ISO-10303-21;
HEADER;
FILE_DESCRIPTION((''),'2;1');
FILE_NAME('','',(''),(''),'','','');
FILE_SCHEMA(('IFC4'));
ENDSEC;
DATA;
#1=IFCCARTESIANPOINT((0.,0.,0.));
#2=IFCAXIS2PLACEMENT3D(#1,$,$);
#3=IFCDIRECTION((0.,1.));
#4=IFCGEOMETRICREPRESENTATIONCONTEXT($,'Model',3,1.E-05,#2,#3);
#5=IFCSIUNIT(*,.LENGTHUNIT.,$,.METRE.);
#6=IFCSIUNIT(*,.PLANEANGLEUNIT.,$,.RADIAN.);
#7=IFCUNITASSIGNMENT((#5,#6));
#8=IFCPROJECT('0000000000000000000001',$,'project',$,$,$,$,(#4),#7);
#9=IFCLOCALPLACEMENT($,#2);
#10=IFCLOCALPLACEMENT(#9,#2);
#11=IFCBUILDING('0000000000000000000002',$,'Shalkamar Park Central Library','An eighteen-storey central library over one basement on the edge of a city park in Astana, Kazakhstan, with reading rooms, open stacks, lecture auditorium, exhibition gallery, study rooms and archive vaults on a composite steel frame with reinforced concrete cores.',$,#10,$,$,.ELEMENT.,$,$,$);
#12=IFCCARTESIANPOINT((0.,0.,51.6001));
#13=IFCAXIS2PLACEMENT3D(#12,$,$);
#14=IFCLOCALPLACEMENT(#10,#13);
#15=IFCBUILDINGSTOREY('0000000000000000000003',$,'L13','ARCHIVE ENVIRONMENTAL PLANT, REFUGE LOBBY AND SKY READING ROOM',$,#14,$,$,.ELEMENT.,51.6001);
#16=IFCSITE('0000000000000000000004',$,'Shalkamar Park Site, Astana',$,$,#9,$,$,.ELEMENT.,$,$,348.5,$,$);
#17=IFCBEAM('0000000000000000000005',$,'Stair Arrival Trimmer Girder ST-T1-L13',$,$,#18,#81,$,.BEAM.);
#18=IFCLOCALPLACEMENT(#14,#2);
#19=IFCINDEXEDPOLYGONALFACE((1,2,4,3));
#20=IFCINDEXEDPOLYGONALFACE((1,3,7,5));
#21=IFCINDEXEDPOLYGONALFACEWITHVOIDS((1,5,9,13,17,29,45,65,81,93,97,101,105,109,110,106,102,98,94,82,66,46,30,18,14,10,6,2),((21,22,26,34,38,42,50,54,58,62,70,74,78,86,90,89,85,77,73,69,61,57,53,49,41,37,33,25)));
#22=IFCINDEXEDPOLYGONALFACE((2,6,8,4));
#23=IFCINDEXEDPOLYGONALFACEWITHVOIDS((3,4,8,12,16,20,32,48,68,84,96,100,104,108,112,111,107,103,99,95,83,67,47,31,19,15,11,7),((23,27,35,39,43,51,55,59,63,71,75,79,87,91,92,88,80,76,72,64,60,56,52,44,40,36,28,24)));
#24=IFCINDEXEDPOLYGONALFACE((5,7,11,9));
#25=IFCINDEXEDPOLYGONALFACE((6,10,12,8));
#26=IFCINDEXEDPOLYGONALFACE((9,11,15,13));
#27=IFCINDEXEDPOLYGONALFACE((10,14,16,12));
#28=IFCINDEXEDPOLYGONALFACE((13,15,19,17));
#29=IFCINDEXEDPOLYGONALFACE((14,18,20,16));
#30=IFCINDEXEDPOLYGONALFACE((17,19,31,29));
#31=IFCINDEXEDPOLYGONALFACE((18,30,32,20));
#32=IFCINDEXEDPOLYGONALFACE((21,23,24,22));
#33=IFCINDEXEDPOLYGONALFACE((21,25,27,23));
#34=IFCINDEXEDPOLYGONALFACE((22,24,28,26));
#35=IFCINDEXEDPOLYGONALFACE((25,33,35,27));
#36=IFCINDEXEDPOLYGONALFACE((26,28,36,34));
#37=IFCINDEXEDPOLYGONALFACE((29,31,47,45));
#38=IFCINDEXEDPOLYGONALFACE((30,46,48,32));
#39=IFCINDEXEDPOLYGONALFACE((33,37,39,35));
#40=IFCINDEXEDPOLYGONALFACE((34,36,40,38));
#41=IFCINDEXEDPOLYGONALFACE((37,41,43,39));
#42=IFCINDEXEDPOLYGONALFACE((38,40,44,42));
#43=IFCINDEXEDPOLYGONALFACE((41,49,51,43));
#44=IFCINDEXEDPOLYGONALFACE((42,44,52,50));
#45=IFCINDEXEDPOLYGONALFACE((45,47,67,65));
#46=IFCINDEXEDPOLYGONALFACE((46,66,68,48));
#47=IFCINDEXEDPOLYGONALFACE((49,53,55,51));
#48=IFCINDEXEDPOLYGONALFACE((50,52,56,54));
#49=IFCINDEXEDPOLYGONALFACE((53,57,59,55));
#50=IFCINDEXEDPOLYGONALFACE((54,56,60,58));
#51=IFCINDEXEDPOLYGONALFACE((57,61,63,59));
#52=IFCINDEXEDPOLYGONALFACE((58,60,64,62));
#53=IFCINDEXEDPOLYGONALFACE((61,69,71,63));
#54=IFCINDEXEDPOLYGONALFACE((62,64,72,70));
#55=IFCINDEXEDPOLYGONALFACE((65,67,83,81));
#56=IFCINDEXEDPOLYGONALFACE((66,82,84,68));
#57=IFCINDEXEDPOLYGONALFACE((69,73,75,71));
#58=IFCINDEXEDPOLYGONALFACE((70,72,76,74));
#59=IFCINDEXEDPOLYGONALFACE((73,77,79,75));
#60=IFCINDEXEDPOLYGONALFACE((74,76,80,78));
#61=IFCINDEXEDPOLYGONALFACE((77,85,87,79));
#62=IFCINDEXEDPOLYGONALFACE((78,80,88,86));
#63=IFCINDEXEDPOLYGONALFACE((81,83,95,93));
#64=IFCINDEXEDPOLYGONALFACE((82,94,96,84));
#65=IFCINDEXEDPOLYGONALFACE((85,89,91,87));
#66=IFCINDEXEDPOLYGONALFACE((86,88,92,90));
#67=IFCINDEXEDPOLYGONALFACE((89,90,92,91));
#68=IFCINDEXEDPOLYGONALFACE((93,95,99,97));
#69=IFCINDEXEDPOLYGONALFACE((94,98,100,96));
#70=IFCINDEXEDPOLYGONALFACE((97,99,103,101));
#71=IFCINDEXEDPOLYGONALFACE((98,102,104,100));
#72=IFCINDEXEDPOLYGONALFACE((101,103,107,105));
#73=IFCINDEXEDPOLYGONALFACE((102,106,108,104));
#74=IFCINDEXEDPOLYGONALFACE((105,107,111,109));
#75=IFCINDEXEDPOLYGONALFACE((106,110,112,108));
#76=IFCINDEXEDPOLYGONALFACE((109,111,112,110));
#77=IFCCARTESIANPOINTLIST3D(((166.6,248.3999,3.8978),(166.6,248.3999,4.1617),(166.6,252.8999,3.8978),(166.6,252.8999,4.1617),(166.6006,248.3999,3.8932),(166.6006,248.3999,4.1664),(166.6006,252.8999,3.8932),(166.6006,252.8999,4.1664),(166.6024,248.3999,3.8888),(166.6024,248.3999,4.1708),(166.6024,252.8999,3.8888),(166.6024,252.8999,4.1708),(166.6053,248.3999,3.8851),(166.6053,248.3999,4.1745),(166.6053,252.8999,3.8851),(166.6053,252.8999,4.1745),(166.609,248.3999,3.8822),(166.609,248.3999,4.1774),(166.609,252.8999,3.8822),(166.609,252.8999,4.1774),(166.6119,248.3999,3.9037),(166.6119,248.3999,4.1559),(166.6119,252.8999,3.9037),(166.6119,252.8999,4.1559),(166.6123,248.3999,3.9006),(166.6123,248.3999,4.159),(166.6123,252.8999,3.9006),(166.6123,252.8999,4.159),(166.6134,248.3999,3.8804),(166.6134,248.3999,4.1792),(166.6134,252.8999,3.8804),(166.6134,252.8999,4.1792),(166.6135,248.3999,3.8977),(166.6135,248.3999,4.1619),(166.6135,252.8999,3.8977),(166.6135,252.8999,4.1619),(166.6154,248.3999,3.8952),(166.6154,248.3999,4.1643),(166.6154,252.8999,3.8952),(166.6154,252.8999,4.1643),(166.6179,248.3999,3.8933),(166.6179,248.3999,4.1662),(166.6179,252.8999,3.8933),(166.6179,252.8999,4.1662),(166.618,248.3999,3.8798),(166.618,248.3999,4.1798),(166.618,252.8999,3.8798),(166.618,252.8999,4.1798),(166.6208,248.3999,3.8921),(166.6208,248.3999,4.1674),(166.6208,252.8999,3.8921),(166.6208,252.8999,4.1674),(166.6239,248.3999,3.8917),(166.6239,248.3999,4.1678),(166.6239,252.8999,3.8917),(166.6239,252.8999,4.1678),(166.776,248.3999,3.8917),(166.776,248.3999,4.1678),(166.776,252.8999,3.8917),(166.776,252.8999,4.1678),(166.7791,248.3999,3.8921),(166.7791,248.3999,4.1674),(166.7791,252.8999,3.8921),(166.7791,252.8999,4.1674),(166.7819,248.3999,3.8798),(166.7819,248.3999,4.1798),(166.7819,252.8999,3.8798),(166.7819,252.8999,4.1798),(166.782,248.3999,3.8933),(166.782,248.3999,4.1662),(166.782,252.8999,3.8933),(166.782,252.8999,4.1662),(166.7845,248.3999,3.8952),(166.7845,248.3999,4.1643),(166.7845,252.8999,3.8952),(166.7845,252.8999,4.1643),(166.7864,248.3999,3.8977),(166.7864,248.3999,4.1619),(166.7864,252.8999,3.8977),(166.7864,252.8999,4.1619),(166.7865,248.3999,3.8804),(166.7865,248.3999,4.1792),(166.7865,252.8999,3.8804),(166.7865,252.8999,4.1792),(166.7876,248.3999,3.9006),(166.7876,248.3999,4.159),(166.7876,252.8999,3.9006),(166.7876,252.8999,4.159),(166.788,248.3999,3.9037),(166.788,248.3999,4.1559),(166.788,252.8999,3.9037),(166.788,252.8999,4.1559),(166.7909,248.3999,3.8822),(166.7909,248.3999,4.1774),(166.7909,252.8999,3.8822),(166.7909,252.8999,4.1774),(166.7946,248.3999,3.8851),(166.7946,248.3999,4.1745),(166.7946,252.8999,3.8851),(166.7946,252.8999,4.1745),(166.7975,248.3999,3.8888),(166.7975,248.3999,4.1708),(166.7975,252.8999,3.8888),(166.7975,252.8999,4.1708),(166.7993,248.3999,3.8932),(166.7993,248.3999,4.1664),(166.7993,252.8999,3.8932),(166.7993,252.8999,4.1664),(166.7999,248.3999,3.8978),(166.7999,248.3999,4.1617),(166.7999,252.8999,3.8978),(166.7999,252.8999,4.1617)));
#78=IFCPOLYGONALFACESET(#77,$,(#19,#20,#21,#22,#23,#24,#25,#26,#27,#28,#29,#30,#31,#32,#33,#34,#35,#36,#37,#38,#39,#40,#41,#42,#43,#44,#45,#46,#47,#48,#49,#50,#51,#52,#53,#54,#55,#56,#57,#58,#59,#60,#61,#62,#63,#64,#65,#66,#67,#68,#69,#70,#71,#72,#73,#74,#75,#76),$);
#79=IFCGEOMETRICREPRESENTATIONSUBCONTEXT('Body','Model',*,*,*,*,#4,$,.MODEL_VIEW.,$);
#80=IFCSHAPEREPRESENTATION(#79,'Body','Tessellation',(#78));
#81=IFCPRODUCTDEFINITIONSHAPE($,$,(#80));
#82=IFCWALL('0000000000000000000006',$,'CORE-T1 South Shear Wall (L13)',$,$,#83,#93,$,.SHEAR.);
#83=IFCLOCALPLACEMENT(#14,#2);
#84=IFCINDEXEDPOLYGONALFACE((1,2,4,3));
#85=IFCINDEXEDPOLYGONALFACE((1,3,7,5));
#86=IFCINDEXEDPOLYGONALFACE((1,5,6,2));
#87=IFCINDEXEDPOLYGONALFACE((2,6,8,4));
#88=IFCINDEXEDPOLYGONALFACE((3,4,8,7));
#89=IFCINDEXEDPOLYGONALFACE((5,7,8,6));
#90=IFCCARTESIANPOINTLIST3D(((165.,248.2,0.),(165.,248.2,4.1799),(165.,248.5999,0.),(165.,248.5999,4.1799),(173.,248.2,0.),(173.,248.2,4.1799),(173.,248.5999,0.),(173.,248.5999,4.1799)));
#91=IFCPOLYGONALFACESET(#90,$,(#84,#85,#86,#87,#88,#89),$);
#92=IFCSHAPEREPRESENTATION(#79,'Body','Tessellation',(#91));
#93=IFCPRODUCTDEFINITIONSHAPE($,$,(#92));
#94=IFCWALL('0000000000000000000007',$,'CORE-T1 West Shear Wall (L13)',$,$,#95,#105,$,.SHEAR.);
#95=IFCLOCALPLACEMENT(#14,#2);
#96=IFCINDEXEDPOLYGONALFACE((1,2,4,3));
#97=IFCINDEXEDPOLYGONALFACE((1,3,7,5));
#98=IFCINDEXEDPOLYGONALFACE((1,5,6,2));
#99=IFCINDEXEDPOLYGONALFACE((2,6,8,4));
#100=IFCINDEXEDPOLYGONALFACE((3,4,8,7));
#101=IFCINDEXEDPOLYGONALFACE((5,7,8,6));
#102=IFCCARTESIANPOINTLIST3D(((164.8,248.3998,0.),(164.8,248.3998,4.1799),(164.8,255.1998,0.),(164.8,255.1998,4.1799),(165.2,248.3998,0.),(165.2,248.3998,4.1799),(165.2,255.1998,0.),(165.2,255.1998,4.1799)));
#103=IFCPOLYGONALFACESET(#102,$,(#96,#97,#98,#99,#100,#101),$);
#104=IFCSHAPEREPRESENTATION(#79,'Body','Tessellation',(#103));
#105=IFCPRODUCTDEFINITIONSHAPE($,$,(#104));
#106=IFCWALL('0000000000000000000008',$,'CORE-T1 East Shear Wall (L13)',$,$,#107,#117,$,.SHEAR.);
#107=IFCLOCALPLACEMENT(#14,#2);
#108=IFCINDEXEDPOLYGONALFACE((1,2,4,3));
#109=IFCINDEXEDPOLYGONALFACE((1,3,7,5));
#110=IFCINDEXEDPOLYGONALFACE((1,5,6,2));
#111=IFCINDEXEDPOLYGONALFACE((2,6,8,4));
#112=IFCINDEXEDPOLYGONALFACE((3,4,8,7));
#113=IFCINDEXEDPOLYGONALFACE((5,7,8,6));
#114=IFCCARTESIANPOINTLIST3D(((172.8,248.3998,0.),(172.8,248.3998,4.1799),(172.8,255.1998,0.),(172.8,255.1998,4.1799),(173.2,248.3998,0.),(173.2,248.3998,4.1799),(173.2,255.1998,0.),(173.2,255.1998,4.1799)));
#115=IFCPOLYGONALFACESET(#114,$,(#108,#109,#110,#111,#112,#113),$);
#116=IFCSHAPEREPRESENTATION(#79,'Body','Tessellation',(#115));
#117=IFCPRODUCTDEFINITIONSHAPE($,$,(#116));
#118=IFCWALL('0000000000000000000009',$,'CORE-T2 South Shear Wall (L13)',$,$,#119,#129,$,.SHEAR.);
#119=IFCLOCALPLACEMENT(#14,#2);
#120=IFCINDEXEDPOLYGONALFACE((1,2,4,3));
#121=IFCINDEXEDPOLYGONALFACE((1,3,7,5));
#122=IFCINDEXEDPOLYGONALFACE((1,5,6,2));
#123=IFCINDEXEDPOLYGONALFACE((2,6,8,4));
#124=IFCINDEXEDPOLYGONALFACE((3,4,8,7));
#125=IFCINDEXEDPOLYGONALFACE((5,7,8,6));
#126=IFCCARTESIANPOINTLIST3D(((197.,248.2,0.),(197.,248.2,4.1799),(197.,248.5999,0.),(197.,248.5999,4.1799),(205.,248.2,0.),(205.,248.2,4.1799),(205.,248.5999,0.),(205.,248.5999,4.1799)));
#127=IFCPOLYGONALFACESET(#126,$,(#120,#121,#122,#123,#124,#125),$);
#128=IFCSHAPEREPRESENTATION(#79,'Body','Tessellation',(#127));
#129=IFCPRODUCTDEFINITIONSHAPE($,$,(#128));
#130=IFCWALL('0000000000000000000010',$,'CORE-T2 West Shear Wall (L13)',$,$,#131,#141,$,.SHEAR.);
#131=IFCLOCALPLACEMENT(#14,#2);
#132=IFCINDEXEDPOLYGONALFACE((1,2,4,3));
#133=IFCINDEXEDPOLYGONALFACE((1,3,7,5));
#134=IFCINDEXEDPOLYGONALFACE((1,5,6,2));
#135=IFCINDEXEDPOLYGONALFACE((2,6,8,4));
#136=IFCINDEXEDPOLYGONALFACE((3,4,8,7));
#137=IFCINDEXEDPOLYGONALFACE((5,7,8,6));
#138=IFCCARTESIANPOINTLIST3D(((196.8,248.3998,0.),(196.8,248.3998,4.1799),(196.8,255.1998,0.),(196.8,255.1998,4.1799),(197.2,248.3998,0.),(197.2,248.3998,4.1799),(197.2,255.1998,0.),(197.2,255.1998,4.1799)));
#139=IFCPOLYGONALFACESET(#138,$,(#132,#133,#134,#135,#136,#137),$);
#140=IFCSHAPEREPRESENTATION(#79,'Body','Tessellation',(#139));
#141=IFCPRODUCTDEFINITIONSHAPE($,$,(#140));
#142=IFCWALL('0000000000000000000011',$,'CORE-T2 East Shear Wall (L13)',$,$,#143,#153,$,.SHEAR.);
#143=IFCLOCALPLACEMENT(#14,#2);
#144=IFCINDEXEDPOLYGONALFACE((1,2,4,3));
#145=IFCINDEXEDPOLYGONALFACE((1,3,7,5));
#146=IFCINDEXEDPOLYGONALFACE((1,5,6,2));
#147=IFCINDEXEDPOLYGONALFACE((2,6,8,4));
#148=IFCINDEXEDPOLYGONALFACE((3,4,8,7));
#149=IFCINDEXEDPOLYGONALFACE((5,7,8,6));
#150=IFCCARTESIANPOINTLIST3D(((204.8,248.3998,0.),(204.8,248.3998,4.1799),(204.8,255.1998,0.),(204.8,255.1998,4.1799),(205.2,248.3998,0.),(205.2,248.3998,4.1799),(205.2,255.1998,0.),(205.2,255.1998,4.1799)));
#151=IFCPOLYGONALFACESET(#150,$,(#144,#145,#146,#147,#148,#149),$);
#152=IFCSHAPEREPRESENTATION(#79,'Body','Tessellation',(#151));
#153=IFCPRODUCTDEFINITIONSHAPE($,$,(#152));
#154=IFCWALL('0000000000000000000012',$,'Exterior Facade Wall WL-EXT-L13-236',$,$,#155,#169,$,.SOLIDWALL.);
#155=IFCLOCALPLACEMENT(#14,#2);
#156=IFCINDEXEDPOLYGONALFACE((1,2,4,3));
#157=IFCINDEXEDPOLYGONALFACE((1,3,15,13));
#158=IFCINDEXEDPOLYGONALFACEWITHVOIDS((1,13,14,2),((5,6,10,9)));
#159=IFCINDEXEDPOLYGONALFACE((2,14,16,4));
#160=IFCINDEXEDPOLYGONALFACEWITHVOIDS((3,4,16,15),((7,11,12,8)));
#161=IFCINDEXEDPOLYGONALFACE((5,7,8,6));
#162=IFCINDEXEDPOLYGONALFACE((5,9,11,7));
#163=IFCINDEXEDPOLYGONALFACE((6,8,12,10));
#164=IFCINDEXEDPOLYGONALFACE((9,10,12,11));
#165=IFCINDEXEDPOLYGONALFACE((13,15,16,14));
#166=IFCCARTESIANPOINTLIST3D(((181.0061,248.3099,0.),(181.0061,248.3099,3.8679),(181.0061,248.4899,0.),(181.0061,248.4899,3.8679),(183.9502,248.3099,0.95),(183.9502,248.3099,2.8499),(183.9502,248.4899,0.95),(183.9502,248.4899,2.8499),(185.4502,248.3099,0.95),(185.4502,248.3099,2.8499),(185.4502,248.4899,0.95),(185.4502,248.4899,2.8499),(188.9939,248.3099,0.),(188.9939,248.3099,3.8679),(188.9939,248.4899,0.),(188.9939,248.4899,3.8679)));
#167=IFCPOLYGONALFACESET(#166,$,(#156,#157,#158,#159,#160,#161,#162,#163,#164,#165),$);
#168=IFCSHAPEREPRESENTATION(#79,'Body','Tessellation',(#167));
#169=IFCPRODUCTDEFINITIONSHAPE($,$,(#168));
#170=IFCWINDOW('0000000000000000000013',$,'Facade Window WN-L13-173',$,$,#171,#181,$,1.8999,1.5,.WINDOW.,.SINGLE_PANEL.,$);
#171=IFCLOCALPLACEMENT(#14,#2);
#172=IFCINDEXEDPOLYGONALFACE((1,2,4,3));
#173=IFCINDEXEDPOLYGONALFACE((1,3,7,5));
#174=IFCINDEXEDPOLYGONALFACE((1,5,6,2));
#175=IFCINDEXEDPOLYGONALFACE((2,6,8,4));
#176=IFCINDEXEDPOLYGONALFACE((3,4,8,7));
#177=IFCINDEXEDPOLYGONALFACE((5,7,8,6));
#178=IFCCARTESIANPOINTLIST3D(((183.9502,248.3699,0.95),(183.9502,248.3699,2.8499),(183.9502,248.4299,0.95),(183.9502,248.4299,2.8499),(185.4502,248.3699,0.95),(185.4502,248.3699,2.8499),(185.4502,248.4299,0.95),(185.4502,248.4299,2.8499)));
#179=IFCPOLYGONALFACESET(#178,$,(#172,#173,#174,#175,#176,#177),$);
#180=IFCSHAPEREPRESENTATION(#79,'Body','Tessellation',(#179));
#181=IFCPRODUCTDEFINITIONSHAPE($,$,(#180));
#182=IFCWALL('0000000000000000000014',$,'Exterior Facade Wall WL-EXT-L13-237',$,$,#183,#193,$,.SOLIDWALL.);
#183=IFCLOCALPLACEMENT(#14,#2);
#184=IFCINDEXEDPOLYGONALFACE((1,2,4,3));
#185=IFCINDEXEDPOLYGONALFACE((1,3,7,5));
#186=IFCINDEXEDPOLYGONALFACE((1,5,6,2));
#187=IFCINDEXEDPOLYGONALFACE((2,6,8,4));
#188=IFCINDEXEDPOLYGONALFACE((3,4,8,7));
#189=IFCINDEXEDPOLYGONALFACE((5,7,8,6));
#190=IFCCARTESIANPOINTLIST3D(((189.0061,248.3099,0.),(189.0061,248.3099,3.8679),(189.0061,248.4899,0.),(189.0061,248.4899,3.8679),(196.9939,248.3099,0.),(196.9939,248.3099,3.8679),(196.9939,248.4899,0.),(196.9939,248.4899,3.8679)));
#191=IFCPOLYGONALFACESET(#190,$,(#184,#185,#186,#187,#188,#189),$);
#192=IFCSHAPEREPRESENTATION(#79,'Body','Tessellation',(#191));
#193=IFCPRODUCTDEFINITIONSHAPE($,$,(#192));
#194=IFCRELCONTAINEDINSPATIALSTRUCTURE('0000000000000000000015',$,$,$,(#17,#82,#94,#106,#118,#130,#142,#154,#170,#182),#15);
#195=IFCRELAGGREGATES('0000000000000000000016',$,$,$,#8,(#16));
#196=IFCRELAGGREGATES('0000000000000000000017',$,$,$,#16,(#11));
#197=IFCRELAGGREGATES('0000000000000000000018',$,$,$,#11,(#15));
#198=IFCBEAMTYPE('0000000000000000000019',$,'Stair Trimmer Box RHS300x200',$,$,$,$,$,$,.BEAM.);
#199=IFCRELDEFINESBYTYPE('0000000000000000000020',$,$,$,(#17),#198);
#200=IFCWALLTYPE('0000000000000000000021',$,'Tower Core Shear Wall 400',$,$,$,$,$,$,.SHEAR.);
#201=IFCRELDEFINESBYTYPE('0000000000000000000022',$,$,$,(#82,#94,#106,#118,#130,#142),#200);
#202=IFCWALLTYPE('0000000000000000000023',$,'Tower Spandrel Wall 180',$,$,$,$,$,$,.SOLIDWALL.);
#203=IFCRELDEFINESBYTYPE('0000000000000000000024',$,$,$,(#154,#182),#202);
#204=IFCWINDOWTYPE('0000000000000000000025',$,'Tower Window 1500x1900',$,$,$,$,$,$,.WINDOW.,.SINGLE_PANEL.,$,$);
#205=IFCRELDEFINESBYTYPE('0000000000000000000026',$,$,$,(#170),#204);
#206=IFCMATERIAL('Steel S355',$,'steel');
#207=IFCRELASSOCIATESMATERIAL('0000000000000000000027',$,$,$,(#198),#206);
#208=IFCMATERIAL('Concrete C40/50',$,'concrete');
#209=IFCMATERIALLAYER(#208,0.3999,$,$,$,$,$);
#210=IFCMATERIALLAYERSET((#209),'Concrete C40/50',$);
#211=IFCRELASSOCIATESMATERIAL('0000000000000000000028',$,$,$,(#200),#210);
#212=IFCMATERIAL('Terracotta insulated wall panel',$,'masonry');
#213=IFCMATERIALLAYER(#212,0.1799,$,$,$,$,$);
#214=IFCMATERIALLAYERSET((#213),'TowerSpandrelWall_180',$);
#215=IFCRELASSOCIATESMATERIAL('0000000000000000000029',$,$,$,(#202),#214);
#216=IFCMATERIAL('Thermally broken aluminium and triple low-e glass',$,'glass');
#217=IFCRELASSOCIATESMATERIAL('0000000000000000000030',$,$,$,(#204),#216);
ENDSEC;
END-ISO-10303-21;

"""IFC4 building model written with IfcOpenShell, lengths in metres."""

from ifc_helpers import new_model, si_unit, direction, frame, frame_2d, origin, origin_2d, place, context, subcontext, project, spatial, rectangle, hollow_rectangle, extrude, material, layer, layer_set, material_profile, profile_set, type_object, element, fill, save


model = new_model("IFC4")

# Units and contexts
model_context = context("Model", 3, precision=1e-05, world=origin(), true_north=direction((0.0, 1.0)))
body_context = subcontext(model_context, "Body", "Model", "MODEL_VIEW")
ifc_project = project(units=[si_unit("LENGTHUNIT", "METRE"), si_unit("PLANEANGLEUNIT", "RADIAN")], contexts=[model_context])

# Site, building, storey
site_placement = place(None, origin())
site = spatial("IfcSite", under=ifc_project, at=site_placement, Name="Shalkamar Park Site, Astana", CompositionType="ELEMENT", RefElevation=348.5)
building_placement = place(site_placement, origin())
building = spatial("IfcBuilding", under=site, at=building_placement, Name="Shalkamar Park Central Library", Description="An eighteen-storey central library over one basement on the edge of a city park in Astana, Kazakhstan, with reading rooms, open stacks, lecture auditorium, exhibition gallery, study rooms and archive vaults on a composite steel frame with reinforced concrete cores.", CompositionType="ELEMENT")
storey_placement = place(building_placement, frame((0.0, 0.0, 51.6001)))
storey = spatial("IfcBuildingStorey", under=building, at=storey_placement, Name="L13", Description="ARCHIVE ENVIRONMENTAL PLANT, REFUGE LOBBY AND SKY READING ROOM", CompositionType="ELEMENT", Elevation=51.6001)

# Shared definitions
ifc_material_1 = material(Name="Steel S355", Category="steel")

# Beam
ifc_material_profile_1 = material_profile(ifc_material_1, hollow_rectangle(XDim=0.2, YDim=0.3, WallThickness=0.012, InnerFilletRadius=0.012, OuterFilletRadius=0.0181, at=origin_2d()), Name="RHS 300x200x12")
ifc_profile_set_1 = profile_set([ifc_material_profile_1], Name="Steel S355")
beam_type_1 = type_object("IfcBeamType", Name="Stair Trimmer Box RHS300x200", PredefinedType="BEAM", material=ifc_profile_set_1)
beam_placement = place(storey_placement, frame((166.7, 248.3999, 4.0298), z_axis=(0.0, 1.0, 0.0), x_axis=(-1.0, 0.0, 0.0)))
element("IfcBeam", 1, at=beam_placement, inside=storey, type_object=beam_type_1, Name="Stair Arrival Trimmer Girder ST-T1-L13", PredefinedType="BEAM", context=body_context, shape_type="SweptSolid", body=[
    extrude(hollow_rectangle(XDim=0.2, YDim=0.3, WallThickness=0.012, InnerFilletRadius=0.012, OuterFilletRadius=0.0181, at=origin_2d()), origin(), (0.0, 0.0, 1.0), 4.5),
])

# Walls
ifc_material_2 = material(Name="Concrete C40/50", Category="concrete")
ifc_layer_1 = layer(ifc_material_2, 0.3999)
ifc_layer_set_1 = layer_set([ifc_layer_1], Name="Concrete C40/50")
wall_type_1 = type_object("IfcWallType", Name="Tower Core Shear Wall 400", PredefinedType="SHEAR", material=ifc_layer_set_1)
wall_1_placement = place(storey_placement, frame((165.0, 248.3999, 0.0), z_axis=(0.0, 0.0, 1.0), x_axis=(1.0, 0.0, 0.0)))
element("IfcWall", 2, at=wall_1_placement, inside=storey, type_object=wall_type_1, Name="CORE-T1 South Shear Wall (L13)", PredefinedType="SHEAR", context=body_context, shape_type="SweptSolid", body=[
    extrude(rectangle(XDim=8.0, YDim=0.3999, at=frame_2d((4.0, 0.0))), origin(), (0.0, 0.0, 1.0), 4.1799),
])
for number, where, z_axis, x_axis, name in (
    (3, (165.0, 248.3999, 0.0), (0.0, 0.0, 1.0), (0.0, 1.0, 0.0), "CORE-T1 West Shear Wall (L13)"),
    (4, (173.0, 248.3999, 0.0), (0.0, 0.0, 1.0), (0.0, 1.0, 0.0), "CORE-T1 East Shear Wall (L13)"),
):
    element("IfcWall", number, at=place(storey_placement, frame(where, z_axis=z_axis, x_axis=x_axis)), inside=storey, type_object=wall_type_1, Name=name, PredefinedType="SHEAR", context=body_context, shape_type="SweptSolid", body=[
        extrude(rectangle(XDim=6.8, YDim=0.3999, at=frame_2d((3.3999, 0.0))), origin(), (0.0, 0.0, 1.0), 4.1799),
    ])
wall_2_placement = place(storey_placement, frame((197.0, 248.3999, 0.0), z_axis=(0.0, 0.0, 1.0), x_axis=(1.0, 0.0, 0.0)))
element("IfcWall", 5, at=wall_2_placement, inside=storey, type_object=wall_type_1, Name="CORE-T2 South Shear Wall (L13)", PredefinedType="SHEAR", context=body_context, shape_type="SweptSolid", body=[
    extrude(rectangle(XDim=8.0, YDim=0.3999, at=frame_2d((4.0, 0.0))), origin(), (0.0, 0.0, 1.0), 4.1799),
])
for number, where, z_axis, x_axis, name in (
    (6, (197.0, 248.3999, 0.0), (0.0, 0.0, 1.0), (0.0, 1.0, 0.0), "CORE-T2 West Shear Wall (L13)"),
    (7, (205.0, 248.3999, 0.0), (0.0, 0.0, 1.0), (0.0, 1.0, 0.0), "CORE-T2 East Shear Wall (L13)"),
):
    element("IfcWall", number, at=place(storey_placement, frame(where, z_axis=z_axis, x_axis=x_axis)), inside=storey, type_object=wall_type_1, Name=name, PredefinedType="SHEAR", context=body_context, shape_type="SweptSolid", body=[
        extrude(rectangle(XDim=6.8, YDim=0.3999, at=frame_2d((3.3999, 0.0))), origin(), (0.0, 0.0, 1.0), 4.1799),
    ])

# Wall, opening, window
ifc_material_3 = material(Name="Terracotta insulated wall panel", Category="masonry")
ifc_layer_2 = layer(ifc_material_3, 0.1799)
ifc_layer_set_2 = layer_set([ifc_layer_2], Name="TowerSpandrelWall_180")
wall_type_2 = type_object("IfcWallType", Name="Tower Spandrel Wall 180", PredefinedType="SOLIDWALL", material=ifc_layer_set_2)
wall_3_placement = place(storey_placement, frame((181.0061, 248.3999, 0.0), z_axis=(0.0, 0.0, 1.0), x_axis=(1.0, 0.0, 0.0)))
wall_3 = element("IfcWall", 8, at=wall_3_placement, inside=storey, type_object=wall_type_2, Name="Exterior Facade Wall WL-EXT-L13-236", PredefinedType="SOLIDWALL", context=body_context, shape_type="SweptSolid", body=[
    extrude(rectangle(XDim=7.9878, YDim=0.1799, at=frame_2d((3.9939, 0.0))), origin(), (0.0, 0.0, 1.0), 3.8679),
])
opening_1_placement = place(wall_3_placement, frame((2.9441, 0.0, 0.95)))
opening_1 = element("IfcOpeningElement", 9, at=opening_1_placement, cuts=wall_3, PredefinedType="OPENING", context=body_context, shape_type="SweptSolid", body=[
    extrude(rectangle(XDim=1.5, YDim=1.8999, at=frame_2d((0.75, 0.95))), frame((0.0, 0.105, 0.0), z_axis=(0.0, -1.0, 0.0), x_axis=(1.0, 0.0, 0.0)), (0.0, 0.0, 1.0), 0.2097),
])
ifc_material_4 = material(Name="Thermally broken aluminium and triple low-e glass", Category="glass")
window_type_1 = type_object("IfcWindowType", Name="Tower Window 1500x1900", PartitioningType="SINGLE_PANEL", PredefinedType="WINDOW", material=ifc_material_4)
window_1_placement = place(opening_1_placement, origin())
window_1 = element("IfcWindow", 10, at=window_1_placement, inside=storey, type_object=window_type_1, Name="Facade Window WN-L13-173", OverallHeight=1.8999, OverallWidth=1.5, PartitioningType="SINGLE_PANEL", PredefinedType="WINDOW", context=body_context, shape_type="SweptSolid", body=[
    extrude(rectangle(XDim=1.5, YDim=1.8999, at=frame_2d((0.75, 0.95))), frame((0.0, 0.03, 0.0), z_axis=(0.0, -1.0, 0.0), x_axis=(1.0, 0.0, 0.0)), (0.0, 0.0, 1.0), 0.0601),
])
fill(opening_1, window_1)

# Wall
wall_4_placement = place(storey_placement, frame((189.0061, 248.3999, 0.0), z_axis=(0.0, 0.0, 1.0), x_axis=(1.0, 0.0, 0.0)))
element("IfcWall", 11, at=wall_4_placement, inside=storey, type_object=wall_type_2, Name="Exterior Facade Wall WL-EXT-L13-237", PredefinedType="SOLIDWALL", context=body_context, shape_type="SweptSolid", body=[
    extrude(rectangle(XDim=7.9878, YDim=0.1799, at=frame_2d((3.9939, 0.0))), origin(), (0.0, 0.0, 1.0), 3.8679),
])

save(model, "model.ifc")
